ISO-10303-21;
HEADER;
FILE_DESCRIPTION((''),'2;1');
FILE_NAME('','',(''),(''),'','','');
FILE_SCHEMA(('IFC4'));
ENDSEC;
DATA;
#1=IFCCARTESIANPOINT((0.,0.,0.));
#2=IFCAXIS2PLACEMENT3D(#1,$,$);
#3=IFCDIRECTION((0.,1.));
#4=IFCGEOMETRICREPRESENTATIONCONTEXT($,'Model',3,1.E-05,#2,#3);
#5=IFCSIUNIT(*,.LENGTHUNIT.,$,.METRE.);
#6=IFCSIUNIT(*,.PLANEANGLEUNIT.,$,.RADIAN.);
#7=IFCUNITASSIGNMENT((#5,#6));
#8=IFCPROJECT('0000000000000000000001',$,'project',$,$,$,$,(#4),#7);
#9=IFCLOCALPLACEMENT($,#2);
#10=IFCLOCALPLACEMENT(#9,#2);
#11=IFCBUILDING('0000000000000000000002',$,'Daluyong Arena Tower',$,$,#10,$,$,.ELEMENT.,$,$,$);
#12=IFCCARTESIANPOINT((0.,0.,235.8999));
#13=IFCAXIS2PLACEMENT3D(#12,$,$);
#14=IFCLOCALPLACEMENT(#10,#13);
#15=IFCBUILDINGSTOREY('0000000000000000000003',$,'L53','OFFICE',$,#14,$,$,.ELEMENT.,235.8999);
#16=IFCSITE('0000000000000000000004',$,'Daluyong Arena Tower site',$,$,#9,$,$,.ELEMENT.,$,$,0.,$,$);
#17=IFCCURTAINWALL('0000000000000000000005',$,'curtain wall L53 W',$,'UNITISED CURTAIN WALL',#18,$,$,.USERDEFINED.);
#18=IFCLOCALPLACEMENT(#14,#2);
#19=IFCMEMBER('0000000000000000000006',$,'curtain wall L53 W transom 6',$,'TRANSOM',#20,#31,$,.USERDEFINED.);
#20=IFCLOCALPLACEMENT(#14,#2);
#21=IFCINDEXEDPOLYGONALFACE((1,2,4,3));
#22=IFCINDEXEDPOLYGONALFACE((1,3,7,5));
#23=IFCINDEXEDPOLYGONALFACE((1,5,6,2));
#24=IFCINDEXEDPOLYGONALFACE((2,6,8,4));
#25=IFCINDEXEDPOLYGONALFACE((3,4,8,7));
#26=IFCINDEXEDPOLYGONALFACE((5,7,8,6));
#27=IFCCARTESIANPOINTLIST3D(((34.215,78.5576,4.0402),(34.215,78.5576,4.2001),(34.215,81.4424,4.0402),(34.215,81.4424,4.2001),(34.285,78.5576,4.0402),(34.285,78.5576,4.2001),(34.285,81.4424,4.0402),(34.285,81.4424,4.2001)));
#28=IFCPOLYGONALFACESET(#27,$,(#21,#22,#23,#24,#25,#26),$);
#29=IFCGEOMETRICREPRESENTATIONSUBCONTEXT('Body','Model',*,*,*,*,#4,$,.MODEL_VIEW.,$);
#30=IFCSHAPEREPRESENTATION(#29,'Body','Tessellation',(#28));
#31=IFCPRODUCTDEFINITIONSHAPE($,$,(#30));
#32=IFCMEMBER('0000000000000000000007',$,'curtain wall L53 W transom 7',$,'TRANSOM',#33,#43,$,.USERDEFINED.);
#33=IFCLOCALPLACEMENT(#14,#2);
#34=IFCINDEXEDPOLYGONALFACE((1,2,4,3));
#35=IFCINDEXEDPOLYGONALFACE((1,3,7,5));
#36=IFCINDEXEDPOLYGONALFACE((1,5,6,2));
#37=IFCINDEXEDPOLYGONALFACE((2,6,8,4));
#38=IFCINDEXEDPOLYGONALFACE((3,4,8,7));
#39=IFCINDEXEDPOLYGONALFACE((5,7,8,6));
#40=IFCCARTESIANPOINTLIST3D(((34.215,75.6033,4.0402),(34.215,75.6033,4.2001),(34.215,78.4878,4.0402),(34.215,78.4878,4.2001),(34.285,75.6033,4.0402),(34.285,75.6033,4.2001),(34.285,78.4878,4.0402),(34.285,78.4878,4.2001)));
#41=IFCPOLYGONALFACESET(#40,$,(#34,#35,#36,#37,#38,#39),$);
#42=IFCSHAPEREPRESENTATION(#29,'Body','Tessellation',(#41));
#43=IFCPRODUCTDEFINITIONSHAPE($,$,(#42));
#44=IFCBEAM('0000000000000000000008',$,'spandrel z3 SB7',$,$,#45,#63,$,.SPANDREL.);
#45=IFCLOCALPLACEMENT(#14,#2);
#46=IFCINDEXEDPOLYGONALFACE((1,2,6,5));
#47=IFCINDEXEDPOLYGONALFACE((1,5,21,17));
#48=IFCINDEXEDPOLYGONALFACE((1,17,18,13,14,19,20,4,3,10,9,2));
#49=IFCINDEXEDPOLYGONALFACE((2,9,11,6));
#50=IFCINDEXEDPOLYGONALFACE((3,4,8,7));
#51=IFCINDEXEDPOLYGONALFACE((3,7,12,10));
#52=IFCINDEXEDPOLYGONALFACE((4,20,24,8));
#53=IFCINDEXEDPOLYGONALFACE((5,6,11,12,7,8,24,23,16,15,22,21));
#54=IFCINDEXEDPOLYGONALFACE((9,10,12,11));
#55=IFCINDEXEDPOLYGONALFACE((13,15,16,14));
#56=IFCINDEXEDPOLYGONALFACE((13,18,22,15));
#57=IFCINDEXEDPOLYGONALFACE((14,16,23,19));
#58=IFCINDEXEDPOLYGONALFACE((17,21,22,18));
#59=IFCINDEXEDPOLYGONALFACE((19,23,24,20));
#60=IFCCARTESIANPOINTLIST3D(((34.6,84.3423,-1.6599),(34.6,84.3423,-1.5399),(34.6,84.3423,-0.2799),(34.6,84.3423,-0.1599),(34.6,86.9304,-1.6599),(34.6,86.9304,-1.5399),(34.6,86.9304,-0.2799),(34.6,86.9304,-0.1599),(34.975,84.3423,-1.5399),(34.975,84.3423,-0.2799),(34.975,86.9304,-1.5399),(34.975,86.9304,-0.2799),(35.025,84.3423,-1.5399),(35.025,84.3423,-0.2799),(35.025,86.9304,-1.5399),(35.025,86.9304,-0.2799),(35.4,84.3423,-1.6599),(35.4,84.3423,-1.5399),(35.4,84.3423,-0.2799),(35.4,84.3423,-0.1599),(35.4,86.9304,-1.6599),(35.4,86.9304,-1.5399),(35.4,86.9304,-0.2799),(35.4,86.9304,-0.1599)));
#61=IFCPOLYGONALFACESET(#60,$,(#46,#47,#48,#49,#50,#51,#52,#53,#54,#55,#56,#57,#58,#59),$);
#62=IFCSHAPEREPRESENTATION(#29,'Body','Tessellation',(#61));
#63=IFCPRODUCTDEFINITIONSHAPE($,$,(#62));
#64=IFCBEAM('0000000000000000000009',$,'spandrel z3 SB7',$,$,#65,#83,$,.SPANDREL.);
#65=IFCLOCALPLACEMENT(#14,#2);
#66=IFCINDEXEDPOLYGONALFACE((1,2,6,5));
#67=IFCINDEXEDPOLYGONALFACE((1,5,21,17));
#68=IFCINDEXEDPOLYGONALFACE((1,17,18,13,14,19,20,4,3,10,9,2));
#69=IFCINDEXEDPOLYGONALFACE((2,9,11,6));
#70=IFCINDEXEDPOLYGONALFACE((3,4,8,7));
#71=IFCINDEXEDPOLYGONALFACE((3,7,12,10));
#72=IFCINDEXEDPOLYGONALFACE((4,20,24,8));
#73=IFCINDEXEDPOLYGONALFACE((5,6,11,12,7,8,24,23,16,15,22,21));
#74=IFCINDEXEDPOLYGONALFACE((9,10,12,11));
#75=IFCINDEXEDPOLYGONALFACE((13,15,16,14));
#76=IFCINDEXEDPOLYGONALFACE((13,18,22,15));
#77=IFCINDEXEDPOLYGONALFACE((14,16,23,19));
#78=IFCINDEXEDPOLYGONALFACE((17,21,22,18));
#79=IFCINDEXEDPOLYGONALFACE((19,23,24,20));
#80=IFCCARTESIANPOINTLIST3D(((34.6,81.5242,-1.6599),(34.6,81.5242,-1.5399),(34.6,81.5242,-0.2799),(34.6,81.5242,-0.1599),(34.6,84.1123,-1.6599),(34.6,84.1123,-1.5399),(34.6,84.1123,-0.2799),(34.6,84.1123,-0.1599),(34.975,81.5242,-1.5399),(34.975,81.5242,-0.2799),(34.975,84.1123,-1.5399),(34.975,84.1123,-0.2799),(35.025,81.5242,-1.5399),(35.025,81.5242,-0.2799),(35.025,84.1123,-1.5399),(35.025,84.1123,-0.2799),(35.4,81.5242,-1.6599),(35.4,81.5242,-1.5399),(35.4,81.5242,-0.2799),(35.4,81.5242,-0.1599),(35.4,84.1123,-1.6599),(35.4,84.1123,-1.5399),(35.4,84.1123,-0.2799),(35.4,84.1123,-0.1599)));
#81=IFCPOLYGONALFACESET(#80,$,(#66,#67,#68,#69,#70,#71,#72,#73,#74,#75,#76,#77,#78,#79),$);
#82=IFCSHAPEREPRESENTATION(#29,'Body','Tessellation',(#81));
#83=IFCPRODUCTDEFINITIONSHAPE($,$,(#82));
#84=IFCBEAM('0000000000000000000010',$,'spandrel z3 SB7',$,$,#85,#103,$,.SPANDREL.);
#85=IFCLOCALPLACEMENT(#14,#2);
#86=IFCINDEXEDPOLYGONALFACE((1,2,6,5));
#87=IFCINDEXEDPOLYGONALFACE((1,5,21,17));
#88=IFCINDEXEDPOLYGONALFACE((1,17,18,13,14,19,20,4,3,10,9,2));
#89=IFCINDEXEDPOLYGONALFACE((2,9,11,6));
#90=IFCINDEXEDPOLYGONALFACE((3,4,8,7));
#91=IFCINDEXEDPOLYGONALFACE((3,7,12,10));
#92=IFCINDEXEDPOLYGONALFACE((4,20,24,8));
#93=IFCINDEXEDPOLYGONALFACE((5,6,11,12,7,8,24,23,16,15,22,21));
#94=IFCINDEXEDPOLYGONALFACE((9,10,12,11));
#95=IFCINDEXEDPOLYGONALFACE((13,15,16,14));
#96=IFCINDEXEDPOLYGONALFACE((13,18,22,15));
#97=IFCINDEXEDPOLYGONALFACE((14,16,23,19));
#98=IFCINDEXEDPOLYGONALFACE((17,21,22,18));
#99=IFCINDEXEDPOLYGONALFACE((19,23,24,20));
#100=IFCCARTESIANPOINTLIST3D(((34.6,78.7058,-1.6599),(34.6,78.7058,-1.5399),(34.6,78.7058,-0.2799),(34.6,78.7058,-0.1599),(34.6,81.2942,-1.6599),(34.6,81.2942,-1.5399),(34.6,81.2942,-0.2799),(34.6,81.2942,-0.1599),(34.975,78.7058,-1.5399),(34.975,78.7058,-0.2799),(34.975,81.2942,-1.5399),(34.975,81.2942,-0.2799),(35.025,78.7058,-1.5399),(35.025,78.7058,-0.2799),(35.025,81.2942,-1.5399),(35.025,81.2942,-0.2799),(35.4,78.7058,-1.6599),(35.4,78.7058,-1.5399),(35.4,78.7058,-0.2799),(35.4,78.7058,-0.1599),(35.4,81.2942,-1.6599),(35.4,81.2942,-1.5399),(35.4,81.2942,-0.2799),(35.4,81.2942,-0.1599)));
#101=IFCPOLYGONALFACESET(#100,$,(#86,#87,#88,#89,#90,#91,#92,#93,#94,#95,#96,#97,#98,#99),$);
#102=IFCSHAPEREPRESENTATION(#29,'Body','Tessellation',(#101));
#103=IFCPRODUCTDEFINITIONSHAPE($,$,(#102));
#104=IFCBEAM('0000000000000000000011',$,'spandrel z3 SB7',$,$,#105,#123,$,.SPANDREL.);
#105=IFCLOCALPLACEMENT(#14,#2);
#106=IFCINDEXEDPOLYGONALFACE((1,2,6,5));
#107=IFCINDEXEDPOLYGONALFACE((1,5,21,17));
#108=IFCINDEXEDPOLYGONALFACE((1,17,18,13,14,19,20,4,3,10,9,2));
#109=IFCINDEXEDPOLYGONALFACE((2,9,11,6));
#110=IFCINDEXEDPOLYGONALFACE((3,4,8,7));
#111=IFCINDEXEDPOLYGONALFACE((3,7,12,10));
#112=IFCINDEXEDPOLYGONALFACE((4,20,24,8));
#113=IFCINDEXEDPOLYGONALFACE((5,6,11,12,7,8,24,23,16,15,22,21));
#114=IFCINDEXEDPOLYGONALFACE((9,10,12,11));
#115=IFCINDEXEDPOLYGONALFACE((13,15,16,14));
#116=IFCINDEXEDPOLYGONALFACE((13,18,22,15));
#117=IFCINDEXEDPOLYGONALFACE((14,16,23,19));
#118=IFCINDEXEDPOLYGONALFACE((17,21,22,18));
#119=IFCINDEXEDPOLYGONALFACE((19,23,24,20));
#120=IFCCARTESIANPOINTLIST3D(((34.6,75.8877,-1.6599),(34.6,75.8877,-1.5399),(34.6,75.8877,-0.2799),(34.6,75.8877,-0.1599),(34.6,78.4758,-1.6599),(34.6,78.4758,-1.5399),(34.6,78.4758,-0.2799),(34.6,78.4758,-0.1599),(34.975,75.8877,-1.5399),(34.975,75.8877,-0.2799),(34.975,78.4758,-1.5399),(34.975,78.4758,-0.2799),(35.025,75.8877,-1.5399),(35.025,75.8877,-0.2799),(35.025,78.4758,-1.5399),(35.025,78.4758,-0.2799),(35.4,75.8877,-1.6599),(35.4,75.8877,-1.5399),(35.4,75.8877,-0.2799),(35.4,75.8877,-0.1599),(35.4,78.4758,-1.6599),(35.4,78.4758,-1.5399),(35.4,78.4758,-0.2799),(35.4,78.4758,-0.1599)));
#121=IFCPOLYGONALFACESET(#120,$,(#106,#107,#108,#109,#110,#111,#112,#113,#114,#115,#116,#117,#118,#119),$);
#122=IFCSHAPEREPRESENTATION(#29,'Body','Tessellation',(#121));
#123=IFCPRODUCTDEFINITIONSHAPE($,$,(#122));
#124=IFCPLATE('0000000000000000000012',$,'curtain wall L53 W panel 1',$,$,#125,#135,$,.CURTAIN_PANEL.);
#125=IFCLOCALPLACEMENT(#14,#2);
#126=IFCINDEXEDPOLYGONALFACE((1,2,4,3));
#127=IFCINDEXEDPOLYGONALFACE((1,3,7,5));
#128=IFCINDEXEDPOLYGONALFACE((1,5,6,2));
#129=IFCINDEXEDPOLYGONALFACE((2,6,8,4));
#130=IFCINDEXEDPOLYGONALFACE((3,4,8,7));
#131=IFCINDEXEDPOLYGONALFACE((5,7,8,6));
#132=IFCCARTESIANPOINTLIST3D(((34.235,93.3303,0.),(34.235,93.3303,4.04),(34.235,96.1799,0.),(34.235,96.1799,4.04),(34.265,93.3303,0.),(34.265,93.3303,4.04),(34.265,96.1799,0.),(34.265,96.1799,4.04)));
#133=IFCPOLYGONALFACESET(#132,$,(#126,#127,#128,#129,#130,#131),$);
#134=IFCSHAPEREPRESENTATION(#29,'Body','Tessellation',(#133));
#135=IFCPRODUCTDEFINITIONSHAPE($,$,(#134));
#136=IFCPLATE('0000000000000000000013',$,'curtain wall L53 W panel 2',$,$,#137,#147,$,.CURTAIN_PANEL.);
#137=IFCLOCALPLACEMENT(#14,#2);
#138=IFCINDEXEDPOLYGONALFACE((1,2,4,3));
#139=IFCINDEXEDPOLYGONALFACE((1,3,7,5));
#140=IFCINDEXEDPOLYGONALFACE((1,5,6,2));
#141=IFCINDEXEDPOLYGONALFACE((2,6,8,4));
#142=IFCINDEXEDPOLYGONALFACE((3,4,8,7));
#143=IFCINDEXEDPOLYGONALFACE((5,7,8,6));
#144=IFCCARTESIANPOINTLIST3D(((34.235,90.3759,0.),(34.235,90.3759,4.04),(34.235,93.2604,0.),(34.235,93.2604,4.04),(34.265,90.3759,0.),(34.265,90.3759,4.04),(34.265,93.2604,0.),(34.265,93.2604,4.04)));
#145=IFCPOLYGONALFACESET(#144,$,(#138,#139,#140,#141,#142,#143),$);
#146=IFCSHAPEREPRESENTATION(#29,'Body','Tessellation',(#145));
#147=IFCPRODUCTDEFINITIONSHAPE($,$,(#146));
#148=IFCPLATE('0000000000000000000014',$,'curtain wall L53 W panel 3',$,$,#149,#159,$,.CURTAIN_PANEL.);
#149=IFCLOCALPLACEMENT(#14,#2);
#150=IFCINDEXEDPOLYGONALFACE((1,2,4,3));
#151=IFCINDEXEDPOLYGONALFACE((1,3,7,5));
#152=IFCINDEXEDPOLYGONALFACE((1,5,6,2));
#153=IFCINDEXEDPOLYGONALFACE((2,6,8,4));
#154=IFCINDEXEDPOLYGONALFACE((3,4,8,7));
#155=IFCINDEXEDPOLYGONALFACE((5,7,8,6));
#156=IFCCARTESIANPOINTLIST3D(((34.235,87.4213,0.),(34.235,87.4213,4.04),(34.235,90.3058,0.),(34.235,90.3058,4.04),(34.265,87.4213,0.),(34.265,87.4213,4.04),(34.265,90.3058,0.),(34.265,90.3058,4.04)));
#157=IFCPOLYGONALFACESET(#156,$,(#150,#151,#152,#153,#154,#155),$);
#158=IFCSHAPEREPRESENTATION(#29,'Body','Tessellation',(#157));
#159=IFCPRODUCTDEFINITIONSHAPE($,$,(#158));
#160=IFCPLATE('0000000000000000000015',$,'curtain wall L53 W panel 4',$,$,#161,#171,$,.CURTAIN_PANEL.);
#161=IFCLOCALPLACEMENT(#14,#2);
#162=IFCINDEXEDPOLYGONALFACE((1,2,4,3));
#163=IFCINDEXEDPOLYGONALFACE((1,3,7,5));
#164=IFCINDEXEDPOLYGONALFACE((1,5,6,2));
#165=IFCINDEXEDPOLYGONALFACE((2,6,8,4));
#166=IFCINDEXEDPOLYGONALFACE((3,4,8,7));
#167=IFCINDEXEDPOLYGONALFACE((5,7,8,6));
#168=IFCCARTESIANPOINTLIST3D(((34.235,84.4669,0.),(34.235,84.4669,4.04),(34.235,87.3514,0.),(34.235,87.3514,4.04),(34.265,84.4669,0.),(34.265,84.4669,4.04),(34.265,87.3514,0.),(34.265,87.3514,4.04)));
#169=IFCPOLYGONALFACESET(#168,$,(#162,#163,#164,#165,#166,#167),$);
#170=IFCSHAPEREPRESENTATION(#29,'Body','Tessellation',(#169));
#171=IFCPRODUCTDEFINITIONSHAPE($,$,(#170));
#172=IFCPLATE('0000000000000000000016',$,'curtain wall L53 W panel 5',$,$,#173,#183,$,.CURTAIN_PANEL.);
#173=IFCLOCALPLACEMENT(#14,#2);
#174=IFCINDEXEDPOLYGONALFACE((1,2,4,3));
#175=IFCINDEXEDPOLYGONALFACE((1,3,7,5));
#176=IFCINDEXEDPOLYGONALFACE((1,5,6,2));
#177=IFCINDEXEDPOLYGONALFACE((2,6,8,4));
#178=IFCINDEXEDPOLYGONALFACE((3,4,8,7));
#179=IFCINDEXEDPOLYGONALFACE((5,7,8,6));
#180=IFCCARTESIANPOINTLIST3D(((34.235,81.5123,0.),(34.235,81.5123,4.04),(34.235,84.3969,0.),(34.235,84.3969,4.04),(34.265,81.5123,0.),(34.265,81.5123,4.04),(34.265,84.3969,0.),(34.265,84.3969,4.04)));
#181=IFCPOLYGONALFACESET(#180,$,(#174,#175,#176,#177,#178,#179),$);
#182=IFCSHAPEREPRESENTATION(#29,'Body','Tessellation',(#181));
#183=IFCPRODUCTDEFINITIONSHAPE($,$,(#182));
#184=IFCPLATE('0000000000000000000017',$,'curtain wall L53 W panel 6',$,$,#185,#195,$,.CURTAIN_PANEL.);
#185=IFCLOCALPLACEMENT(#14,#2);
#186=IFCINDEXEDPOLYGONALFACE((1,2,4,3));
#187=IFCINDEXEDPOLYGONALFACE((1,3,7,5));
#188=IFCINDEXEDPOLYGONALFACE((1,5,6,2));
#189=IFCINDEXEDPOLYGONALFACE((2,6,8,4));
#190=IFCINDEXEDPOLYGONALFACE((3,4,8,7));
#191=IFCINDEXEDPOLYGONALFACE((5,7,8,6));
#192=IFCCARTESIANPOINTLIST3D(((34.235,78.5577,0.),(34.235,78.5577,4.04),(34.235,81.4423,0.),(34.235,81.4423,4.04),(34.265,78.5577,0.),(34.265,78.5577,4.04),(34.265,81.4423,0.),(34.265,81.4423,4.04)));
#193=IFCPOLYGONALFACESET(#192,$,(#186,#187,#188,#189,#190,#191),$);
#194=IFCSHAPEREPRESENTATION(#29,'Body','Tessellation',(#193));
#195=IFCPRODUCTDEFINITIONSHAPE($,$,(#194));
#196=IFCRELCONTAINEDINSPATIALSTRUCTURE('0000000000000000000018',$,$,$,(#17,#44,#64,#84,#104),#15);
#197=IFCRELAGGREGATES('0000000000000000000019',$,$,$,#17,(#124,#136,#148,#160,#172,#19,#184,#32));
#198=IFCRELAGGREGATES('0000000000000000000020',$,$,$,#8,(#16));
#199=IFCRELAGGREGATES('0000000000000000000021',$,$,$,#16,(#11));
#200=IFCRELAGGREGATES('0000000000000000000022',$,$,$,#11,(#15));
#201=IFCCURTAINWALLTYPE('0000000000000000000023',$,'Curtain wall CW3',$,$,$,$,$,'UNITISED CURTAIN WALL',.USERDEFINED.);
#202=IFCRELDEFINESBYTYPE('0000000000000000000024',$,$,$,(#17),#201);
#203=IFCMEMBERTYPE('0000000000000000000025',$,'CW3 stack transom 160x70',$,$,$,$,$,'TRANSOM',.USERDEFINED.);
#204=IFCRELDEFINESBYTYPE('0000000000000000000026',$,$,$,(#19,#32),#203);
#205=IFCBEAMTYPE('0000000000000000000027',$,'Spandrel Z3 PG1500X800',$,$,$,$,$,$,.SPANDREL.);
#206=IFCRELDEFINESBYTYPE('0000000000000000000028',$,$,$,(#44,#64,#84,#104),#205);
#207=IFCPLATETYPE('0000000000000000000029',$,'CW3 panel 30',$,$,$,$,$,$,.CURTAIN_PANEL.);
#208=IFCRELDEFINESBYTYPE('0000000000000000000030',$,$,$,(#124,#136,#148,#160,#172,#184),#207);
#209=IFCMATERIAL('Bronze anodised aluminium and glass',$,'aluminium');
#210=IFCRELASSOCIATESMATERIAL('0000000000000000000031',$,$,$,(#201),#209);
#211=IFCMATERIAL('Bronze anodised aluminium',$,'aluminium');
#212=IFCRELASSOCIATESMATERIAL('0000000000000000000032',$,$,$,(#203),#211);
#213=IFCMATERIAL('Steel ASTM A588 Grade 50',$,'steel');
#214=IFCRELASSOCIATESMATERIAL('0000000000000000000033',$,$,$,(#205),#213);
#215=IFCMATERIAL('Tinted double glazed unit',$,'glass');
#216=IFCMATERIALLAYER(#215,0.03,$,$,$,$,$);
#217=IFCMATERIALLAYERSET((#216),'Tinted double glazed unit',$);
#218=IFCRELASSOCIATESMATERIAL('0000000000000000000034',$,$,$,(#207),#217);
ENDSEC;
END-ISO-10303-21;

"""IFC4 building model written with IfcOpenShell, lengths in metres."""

from ifc_helpers import new_model, si_unit, direction, frame, origin, origin_2d, place, context, subcontext, project, spatial, rectangle, i_section, extrude, material, layer, layer_set, material_profile, profile_set, type_object, element, aggregate, save


model = new_model("IFC4")

# Units and contexts
model_context = context("Model", 3, precision=1e-05, world=origin(), true_north=direction((0.0, 1.0)))
body_context = subcontext(model_context, "Body", "Model", "MODEL_VIEW")
ifc_project = project(units=[si_unit("LENGTHUNIT", "METRE"), si_unit("PLANEANGLEUNIT", "RADIAN")], contexts=[model_context])

# Site, building, storey
site_placement = place(None, origin())
site = spatial("IfcSite", under=ifc_project, at=site_placement, Name="Daluyong Arena Tower site", CompositionType="ELEMENT", RefElevation=0.0)
building_placement = place(site_placement, origin())
building = spatial("IfcBuilding", under=site, at=building_placement, Name="Daluyong Arena Tower", CompositionType="ELEMENT")
storey_placement = place(building_placement, frame((0.0, 0.0, 235.8999)))
storey = spatial("IfcBuildingStorey", under=building, at=storey_placement, Name="L53", Description="OFFICE", CompositionType="ELEMENT", Elevation=235.8999)

# Curtain wall, members
ifc_material_1 = material(Name="Bronze anodised aluminium and glass", Category="aluminium")
curtain_wall_type = type_object("IfcCurtainWallType", Name="Curtain wall CW3", ElementType="UNITISED CURTAIN WALL", PredefinedType="USERDEFINED", material=ifc_material_1)
curtain_wall_placement = place(storey_placement, origin())
curtain_wall = element("IfcCurtainWall", 1, at=curtain_wall_placement, inside=storey, type_object=curtain_wall_type, Name="curtain wall L53 W", ObjectType="UNITISED CURTAIN WALL", PredefinedType="USERDEFINED")
ifc_material_2 = material(Name="Bronze anodised aluminium", Category="aluminium")
ifc_material_profile_1 = material_profile(ifc_material_2, rectangle(XDim=0.0701, YDim=0.1599, at=origin_2d()))
ifc_profile_set_1 = profile_set([ifc_material_profile_1], Name="Bronze anodised aluminium")
member_type_1 = type_object("IfcMemberType", Name="CW3 stack transom 160x70", ElementType="TRANSOM", PredefinedType="USERDEFINED", material=ifc_profile_set_1)
member_1_placement = place(storey_placement, frame((34.25, 81.4424, 4.1201), z_axis=(0.0, -1.0, 0.0), x_axis=(1.0, 0.0, 0.0)))
member_1 = element("IfcMember", 2, at=member_1_placement, type_object=member_type_1, Name="curtain wall L53 W transom 6", ObjectType="TRANSOM", PredefinedType="USERDEFINED", context=body_context, shape_type="SweptSolid", body=[
    extrude(rectangle(XDim=0.0701, YDim=0.1599, at=origin_2d()), origin(), (0.0, 0.0, 1.0), 2.8848),
])
member_2_placement = place(storey_placement, frame((34.25, 78.4878, 4.1201), z_axis=(0.0, -1.0, 0.0), x_axis=(1.0, 0.0, 0.0)))
member_2 = element("IfcMember", 3, at=member_2_placement, type_object=member_type_1, Name="curtain wall L53 W transom 7", ObjectType="TRANSOM", PredefinedType="USERDEFINED", context=body_context, shape_type="SweptSolid", body=[
    extrude(rectangle(XDim=0.0701, YDim=0.1599, at=origin_2d()), origin(), (0.0, 0.0, 1.0), 2.8845),
])

# Beams
ifc_material_3 = material(Name="Steel ASTM A588 Grade 50", Category="steel")
ifc_material_profile_2 = material_profile(ifc_material_3, i_section(OverallWidth=0.8, OverallDepth=1.5, WebThickness=0.05, FlangeThickness=0.12, at=origin_2d()))
ifc_profile_set_2 = profile_set([ifc_material_profile_2], Name="Steel ASTM A588 Grade 50")
beam_type = type_object("IfcBeamType", Name="Spandrel Z3 PG1500X800", PredefinedType="SPANDREL", material=ifc_profile_set_2)
for number, where, z_axis, x_axis, name in (
    (4, (35.0, 86.9304, -0.9099), (0.0, -1.0, 0.0), (1.0, 0.0, 0.0), "spandrel z3 SB7"),
    (5, (35.0, 84.1123, -0.9099), (0.0, -1.0, 0.0), (1.0, 0.0, 0.0), "spandrel z3 SB7"),
):
    element("IfcBeam", number, at=place(storey_placement, frame(where, z_axis=z_axis, x_axis=x_axis)), inside=storey, type_object=beam_type, Name=name, PredefinedType="SPANDREL", context=body_context, shape_type="SweptSolid", body=[
        extrude(i_section(OverallWidth=0.8, OverallDepth=1.5, WebThickness=0.05, FlangeThickness=0.12, at=origin_2d()), origin(), (0.0, 0.0, 1.0), 2.5881),
    ])
beam_1_placement = place(storey_placement, frame((35.0, 81.2942, -0.9099), z_axis=(0.0, -1.0, 0.0), x_axis=(1.0, 0.0, 0.0)))
element("IfcBeam", 6, at=beam_1_placement, inside=storey, type_object=beam_type, Name="spandrel z3 SB7", PredefinedType="SPANDREL", context=body_context, shape_type="SweptSolid", body=[
    extrude(i_section(OverallWidth=0.8, OverallDepth=1.5, WebThickness=0.05, FlangeThickness=0.12, at=origin_2d()), origin(), (0.0, 0.0, 1.0), 2.5884),
])
beam_2_placement = place(storey_placement, frame((35.0, 78.4758, -0.9099), z_axis=(0.0, -1.0, 0.0), x_axis=(1.0, 0.0, 0.0)))
element("IfcBeam", 7, at=beam_2_placement, inside=storey, type_object=beam_type, Name="spandrel z3 SB7", PredefinedType="SPANDREL", context=body_context, shape_type="SweptSolid", body=[
    extrude(i_section(OverallWidth=0.8, OverallDepth=1.5, WebThickness=0.05, FlangeThickness=0.12, at=origin_2d()), origin(), (0.0, 0.0, 1.0), 2.5881),
])

# Plates
ifc_material_4 = material(Name="Tinted double glazed unit", Category="glass")
ifc_layer = layer(ifc_material_4, 0.03)
ifc_layer_set = layer_set([ifc_layer], Name="Tinted double glazed unit")
plate_type = type_object("IfcPlateType", Name="CW3 panel 30", PredefinedType="CURTAIN_PANEL", material=ifc_layer_set)
plate_1_placement = place(storey_placement, frame((34.25, 94.7551, 0.0), z_axis=(0.0, 0.0, 1.0), x_axis=(0.0, -1.0, 0.0)))
plate_1 = element("IfcPlate", 8, at=plate_1_placement, type_object=plate_type, Name="curtain wall L53 W panel 1", PredefinedType="CURTAIN_PANEL", context=body_context, shape_type="SweptSolid", body=[
    extrude(rectangle(XDim=2.8496, YDim=0.03, at=origin_2d()), origin(), (0.0, 0.0, 1.0), 4.04),
])
plate_2_placement = place(storey_placement, frame((34.25, 91.8181, 0.0), z_axis=(0.0, 0.0, 1.0), x_axis=(0.0, -1.0, 0.0)))
plate_2 = element("IfcPlate", 9, at=plate_2_placement, type_object=plate_type, Name="curtain wall L53 W panel 2", PredefinedType="CURTAIN_PANEL", context=body_context, shape_type="SweptSolid", body=[
    extrude(rectangle(XDim=2.8845, YDim=0.03, at=origin_2d()), origin(), (0.0, 0.0, 1.0), 4.04),
])
plate_3_placement = place(storey_placement, frame((34.25, 88.8635, 0.0), z_axis=(0.0, 0.0, 1.0), x_axis=(0.0, -1.0, 0.0)))
plate_3 = element("IfcPlate", 10, at=plate_3_placement, type_object=plate_type, Name="curtain wall L53 W panel 3", PredefinedType="CURTAIN_PANEL", context=body_context, shape_type="SweptSolid", body=[
    extrude(rectangle(XDim=2.8845, YDim=0.03, at=origin_2d()), origin(), (0.0, 0.0, 1.0), 4.04),
])
plate_4_placement = place(storey_placement, frame((34.25, 85.9092, 0.0), z_axis=(0.0, 0.0, 1.0), x_axis=(0.0, -1.0, 0.0)))
plate_4 = element("IfcPlate", 11, at=plate_4_placement, type_object=plate_type, Name="curtain wall L53 W panel 4", PredefinedType="CURTAIN_PANEL", context=body_context, shape_type="SweptSolid", body=[
    extrude(rectangle(XDim=2.8845, YDim=0.03, at=origin_2d()), origin(), (0.0, 0.0, 1.0), 4.04),
])
plate_5_placement = place(storey_placement, frame((34.25, 82.9546, 0.0), z_axis=(0.0, 0.0, 1.0), x_axis=(0.0, -1.0, 0.0)))
plate_5 = element("IfcPlate", 12, at=plate_5_placement, type_object=plate_type, Name="curtain wall L53 W panel 5", PredefinedType="CURTAIN_PANEL", context=body_context, shape_type="SweptSolid", body=[
    extrude(rectangle(XDim=2.8845, YDim=0.03, at=origin_2d()), origin(), (0.0, 0.0, 1.0), 4.04),
])
plate_6_placement = place(storey_placement, frame((34.25, 80.0, 0.0), z_axis=(0.0, 0.0, 1.0), x_axis=(0.0, -1.0, 0.0)))
plate_6 = element("IfcPlate", 13, at=plate_6_placement, type_object=plate_type, Name="curtain wall L53 W panel 6", PredefinedType="CURTAIN_PANEL", context=body_context, shape_type="SweptSolid", body=[
    extrude(rectangle(XDim=2.8845, YDim=0.03, at=origin_2d()), origin(), (0.0, 0.0, 1.0), 4.04),
])
aggregate(curtain_wall, [plate_1, plate_2, plate_3, plate_4, plate_5, member_1, plate_6, member_2])

save(model, "model.ifc")
